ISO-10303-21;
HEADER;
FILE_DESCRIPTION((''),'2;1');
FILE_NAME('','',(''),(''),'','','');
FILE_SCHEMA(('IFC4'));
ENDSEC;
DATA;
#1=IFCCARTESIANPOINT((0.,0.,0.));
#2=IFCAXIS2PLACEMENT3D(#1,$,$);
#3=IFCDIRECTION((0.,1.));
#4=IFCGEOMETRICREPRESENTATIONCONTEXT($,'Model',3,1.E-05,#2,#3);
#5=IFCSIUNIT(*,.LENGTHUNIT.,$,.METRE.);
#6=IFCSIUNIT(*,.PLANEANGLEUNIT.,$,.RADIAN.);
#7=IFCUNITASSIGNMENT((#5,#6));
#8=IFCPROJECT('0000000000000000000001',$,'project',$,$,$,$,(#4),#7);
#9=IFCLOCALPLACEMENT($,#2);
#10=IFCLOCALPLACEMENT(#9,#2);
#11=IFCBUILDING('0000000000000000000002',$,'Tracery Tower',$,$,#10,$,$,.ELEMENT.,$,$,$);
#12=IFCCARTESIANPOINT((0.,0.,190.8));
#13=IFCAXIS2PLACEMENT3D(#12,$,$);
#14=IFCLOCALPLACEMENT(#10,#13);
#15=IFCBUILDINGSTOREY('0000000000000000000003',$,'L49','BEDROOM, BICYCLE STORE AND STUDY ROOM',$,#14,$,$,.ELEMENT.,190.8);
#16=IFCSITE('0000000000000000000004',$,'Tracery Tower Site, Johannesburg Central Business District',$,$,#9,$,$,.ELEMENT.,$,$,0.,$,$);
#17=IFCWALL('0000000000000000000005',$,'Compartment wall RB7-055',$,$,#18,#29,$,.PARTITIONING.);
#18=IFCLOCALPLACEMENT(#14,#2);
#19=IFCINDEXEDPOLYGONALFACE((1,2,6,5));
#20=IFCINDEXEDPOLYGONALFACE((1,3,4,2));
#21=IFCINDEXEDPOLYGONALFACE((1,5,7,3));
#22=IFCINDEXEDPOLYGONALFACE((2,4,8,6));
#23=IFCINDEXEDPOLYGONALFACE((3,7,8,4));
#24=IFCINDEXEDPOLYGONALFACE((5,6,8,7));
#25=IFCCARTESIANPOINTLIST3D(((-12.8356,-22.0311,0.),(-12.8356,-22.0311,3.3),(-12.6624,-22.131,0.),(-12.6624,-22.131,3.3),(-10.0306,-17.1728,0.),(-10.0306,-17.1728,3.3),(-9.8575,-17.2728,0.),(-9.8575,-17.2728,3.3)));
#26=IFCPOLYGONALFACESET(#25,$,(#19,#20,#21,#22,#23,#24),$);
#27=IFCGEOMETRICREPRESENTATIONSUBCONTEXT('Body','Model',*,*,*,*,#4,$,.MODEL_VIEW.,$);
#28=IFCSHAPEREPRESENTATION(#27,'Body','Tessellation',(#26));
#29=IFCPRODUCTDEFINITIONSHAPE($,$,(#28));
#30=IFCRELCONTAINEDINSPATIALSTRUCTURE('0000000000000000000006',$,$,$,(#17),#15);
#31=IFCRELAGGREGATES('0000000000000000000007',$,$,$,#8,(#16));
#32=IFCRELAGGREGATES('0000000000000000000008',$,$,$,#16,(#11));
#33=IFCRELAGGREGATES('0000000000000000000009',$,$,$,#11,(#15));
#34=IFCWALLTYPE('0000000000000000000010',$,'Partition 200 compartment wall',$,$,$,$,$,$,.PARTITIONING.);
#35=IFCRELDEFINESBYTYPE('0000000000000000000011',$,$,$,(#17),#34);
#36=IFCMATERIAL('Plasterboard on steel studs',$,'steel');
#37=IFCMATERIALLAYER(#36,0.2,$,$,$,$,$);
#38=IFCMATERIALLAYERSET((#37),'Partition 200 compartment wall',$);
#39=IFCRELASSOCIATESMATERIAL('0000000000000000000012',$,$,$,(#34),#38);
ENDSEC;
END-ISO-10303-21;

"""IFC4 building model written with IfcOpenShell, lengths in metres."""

from ifc_helpers import new_model, si_unit, direction, frame, frame_2d, origin, place, context, subcontext, project, spatial, rectangle, extrude, material, layer, layer_set, type_object, element, save


model = new_model("IFC4")

# Units and contexts
model_context = context("Model", 3, precision=1e-05, world=origin(), true_north=direction((0.0, 1.0)))
body_context = subcontext(model_context, "Body", "Model", "MODEL_VIEW")
ifc_project = project(units=[si_unit("LENGTHUNIT", "METRE"), si_unit("PLANEANGLEUNIT", "RADIAN")], contexts=[model_context])

# Site, building, storey
site_placement = place(None, origin())
site = spatial("IfcSite", under=ifc_project, at=site_placement, Name="Tracery Tower Site, Johannesburg Central Business District", CompositionType="ELEMENT", RefElevation=0.0)
building_placement = place(site_placement, origin())
building = spatial("IfcBuilding", under=site, at=building_placement, Name="Tracery Tower", CompositionType="ELEMENT")
storey_placement = place(building_placement, frame((0.0, 0.0, 190.8)))
storey = spatial("IfcBuildingStorey", under=building, at=storey_placement, Name="L49", Description="BEDROOM, BICYCLE STORE AND STUDY ROOM", CompositionType="ELEMENT", Elevation=190.8)

# Wall
ifc_material_1 = material(Name="Plasterboard on steel studs", Category="steel")
ifc_layer_1 = layer(ifc_material_1, 0.2)
ifc_layer_set_1 = layer_set([ifc_layer_1], Name="Partition 200 compartment wall")
wall_type_1 = type_object("IfcWallType", Name="Partition 200 compartment wall", PredefinedType="PARTITIONING", material=ifc_layer_set_1)
wall_1_placement = place(storey_placement, frame((-12.749, -22.0811, 0.0), z_axis=(0.0, 0.0, 1.0), x_axis=(0.50001, 0.86602, 0.0)))
element("IfcWall", 1, at=wall_1_placement, inside=storey, type_object=wall_type_1, Name="Compartment wall RB7-055", PredefinedType="PARTITIONING", context=body_context, shape_type="SweptSolid", body=[
    extrude(rectangle(XDim=5.6099, YDim=0.2, at=frame_2d((2.8049, 0.0))), origin(), (0.0, 0.0, 1.0), 3.3),
])

save(model, "model.ifc")
